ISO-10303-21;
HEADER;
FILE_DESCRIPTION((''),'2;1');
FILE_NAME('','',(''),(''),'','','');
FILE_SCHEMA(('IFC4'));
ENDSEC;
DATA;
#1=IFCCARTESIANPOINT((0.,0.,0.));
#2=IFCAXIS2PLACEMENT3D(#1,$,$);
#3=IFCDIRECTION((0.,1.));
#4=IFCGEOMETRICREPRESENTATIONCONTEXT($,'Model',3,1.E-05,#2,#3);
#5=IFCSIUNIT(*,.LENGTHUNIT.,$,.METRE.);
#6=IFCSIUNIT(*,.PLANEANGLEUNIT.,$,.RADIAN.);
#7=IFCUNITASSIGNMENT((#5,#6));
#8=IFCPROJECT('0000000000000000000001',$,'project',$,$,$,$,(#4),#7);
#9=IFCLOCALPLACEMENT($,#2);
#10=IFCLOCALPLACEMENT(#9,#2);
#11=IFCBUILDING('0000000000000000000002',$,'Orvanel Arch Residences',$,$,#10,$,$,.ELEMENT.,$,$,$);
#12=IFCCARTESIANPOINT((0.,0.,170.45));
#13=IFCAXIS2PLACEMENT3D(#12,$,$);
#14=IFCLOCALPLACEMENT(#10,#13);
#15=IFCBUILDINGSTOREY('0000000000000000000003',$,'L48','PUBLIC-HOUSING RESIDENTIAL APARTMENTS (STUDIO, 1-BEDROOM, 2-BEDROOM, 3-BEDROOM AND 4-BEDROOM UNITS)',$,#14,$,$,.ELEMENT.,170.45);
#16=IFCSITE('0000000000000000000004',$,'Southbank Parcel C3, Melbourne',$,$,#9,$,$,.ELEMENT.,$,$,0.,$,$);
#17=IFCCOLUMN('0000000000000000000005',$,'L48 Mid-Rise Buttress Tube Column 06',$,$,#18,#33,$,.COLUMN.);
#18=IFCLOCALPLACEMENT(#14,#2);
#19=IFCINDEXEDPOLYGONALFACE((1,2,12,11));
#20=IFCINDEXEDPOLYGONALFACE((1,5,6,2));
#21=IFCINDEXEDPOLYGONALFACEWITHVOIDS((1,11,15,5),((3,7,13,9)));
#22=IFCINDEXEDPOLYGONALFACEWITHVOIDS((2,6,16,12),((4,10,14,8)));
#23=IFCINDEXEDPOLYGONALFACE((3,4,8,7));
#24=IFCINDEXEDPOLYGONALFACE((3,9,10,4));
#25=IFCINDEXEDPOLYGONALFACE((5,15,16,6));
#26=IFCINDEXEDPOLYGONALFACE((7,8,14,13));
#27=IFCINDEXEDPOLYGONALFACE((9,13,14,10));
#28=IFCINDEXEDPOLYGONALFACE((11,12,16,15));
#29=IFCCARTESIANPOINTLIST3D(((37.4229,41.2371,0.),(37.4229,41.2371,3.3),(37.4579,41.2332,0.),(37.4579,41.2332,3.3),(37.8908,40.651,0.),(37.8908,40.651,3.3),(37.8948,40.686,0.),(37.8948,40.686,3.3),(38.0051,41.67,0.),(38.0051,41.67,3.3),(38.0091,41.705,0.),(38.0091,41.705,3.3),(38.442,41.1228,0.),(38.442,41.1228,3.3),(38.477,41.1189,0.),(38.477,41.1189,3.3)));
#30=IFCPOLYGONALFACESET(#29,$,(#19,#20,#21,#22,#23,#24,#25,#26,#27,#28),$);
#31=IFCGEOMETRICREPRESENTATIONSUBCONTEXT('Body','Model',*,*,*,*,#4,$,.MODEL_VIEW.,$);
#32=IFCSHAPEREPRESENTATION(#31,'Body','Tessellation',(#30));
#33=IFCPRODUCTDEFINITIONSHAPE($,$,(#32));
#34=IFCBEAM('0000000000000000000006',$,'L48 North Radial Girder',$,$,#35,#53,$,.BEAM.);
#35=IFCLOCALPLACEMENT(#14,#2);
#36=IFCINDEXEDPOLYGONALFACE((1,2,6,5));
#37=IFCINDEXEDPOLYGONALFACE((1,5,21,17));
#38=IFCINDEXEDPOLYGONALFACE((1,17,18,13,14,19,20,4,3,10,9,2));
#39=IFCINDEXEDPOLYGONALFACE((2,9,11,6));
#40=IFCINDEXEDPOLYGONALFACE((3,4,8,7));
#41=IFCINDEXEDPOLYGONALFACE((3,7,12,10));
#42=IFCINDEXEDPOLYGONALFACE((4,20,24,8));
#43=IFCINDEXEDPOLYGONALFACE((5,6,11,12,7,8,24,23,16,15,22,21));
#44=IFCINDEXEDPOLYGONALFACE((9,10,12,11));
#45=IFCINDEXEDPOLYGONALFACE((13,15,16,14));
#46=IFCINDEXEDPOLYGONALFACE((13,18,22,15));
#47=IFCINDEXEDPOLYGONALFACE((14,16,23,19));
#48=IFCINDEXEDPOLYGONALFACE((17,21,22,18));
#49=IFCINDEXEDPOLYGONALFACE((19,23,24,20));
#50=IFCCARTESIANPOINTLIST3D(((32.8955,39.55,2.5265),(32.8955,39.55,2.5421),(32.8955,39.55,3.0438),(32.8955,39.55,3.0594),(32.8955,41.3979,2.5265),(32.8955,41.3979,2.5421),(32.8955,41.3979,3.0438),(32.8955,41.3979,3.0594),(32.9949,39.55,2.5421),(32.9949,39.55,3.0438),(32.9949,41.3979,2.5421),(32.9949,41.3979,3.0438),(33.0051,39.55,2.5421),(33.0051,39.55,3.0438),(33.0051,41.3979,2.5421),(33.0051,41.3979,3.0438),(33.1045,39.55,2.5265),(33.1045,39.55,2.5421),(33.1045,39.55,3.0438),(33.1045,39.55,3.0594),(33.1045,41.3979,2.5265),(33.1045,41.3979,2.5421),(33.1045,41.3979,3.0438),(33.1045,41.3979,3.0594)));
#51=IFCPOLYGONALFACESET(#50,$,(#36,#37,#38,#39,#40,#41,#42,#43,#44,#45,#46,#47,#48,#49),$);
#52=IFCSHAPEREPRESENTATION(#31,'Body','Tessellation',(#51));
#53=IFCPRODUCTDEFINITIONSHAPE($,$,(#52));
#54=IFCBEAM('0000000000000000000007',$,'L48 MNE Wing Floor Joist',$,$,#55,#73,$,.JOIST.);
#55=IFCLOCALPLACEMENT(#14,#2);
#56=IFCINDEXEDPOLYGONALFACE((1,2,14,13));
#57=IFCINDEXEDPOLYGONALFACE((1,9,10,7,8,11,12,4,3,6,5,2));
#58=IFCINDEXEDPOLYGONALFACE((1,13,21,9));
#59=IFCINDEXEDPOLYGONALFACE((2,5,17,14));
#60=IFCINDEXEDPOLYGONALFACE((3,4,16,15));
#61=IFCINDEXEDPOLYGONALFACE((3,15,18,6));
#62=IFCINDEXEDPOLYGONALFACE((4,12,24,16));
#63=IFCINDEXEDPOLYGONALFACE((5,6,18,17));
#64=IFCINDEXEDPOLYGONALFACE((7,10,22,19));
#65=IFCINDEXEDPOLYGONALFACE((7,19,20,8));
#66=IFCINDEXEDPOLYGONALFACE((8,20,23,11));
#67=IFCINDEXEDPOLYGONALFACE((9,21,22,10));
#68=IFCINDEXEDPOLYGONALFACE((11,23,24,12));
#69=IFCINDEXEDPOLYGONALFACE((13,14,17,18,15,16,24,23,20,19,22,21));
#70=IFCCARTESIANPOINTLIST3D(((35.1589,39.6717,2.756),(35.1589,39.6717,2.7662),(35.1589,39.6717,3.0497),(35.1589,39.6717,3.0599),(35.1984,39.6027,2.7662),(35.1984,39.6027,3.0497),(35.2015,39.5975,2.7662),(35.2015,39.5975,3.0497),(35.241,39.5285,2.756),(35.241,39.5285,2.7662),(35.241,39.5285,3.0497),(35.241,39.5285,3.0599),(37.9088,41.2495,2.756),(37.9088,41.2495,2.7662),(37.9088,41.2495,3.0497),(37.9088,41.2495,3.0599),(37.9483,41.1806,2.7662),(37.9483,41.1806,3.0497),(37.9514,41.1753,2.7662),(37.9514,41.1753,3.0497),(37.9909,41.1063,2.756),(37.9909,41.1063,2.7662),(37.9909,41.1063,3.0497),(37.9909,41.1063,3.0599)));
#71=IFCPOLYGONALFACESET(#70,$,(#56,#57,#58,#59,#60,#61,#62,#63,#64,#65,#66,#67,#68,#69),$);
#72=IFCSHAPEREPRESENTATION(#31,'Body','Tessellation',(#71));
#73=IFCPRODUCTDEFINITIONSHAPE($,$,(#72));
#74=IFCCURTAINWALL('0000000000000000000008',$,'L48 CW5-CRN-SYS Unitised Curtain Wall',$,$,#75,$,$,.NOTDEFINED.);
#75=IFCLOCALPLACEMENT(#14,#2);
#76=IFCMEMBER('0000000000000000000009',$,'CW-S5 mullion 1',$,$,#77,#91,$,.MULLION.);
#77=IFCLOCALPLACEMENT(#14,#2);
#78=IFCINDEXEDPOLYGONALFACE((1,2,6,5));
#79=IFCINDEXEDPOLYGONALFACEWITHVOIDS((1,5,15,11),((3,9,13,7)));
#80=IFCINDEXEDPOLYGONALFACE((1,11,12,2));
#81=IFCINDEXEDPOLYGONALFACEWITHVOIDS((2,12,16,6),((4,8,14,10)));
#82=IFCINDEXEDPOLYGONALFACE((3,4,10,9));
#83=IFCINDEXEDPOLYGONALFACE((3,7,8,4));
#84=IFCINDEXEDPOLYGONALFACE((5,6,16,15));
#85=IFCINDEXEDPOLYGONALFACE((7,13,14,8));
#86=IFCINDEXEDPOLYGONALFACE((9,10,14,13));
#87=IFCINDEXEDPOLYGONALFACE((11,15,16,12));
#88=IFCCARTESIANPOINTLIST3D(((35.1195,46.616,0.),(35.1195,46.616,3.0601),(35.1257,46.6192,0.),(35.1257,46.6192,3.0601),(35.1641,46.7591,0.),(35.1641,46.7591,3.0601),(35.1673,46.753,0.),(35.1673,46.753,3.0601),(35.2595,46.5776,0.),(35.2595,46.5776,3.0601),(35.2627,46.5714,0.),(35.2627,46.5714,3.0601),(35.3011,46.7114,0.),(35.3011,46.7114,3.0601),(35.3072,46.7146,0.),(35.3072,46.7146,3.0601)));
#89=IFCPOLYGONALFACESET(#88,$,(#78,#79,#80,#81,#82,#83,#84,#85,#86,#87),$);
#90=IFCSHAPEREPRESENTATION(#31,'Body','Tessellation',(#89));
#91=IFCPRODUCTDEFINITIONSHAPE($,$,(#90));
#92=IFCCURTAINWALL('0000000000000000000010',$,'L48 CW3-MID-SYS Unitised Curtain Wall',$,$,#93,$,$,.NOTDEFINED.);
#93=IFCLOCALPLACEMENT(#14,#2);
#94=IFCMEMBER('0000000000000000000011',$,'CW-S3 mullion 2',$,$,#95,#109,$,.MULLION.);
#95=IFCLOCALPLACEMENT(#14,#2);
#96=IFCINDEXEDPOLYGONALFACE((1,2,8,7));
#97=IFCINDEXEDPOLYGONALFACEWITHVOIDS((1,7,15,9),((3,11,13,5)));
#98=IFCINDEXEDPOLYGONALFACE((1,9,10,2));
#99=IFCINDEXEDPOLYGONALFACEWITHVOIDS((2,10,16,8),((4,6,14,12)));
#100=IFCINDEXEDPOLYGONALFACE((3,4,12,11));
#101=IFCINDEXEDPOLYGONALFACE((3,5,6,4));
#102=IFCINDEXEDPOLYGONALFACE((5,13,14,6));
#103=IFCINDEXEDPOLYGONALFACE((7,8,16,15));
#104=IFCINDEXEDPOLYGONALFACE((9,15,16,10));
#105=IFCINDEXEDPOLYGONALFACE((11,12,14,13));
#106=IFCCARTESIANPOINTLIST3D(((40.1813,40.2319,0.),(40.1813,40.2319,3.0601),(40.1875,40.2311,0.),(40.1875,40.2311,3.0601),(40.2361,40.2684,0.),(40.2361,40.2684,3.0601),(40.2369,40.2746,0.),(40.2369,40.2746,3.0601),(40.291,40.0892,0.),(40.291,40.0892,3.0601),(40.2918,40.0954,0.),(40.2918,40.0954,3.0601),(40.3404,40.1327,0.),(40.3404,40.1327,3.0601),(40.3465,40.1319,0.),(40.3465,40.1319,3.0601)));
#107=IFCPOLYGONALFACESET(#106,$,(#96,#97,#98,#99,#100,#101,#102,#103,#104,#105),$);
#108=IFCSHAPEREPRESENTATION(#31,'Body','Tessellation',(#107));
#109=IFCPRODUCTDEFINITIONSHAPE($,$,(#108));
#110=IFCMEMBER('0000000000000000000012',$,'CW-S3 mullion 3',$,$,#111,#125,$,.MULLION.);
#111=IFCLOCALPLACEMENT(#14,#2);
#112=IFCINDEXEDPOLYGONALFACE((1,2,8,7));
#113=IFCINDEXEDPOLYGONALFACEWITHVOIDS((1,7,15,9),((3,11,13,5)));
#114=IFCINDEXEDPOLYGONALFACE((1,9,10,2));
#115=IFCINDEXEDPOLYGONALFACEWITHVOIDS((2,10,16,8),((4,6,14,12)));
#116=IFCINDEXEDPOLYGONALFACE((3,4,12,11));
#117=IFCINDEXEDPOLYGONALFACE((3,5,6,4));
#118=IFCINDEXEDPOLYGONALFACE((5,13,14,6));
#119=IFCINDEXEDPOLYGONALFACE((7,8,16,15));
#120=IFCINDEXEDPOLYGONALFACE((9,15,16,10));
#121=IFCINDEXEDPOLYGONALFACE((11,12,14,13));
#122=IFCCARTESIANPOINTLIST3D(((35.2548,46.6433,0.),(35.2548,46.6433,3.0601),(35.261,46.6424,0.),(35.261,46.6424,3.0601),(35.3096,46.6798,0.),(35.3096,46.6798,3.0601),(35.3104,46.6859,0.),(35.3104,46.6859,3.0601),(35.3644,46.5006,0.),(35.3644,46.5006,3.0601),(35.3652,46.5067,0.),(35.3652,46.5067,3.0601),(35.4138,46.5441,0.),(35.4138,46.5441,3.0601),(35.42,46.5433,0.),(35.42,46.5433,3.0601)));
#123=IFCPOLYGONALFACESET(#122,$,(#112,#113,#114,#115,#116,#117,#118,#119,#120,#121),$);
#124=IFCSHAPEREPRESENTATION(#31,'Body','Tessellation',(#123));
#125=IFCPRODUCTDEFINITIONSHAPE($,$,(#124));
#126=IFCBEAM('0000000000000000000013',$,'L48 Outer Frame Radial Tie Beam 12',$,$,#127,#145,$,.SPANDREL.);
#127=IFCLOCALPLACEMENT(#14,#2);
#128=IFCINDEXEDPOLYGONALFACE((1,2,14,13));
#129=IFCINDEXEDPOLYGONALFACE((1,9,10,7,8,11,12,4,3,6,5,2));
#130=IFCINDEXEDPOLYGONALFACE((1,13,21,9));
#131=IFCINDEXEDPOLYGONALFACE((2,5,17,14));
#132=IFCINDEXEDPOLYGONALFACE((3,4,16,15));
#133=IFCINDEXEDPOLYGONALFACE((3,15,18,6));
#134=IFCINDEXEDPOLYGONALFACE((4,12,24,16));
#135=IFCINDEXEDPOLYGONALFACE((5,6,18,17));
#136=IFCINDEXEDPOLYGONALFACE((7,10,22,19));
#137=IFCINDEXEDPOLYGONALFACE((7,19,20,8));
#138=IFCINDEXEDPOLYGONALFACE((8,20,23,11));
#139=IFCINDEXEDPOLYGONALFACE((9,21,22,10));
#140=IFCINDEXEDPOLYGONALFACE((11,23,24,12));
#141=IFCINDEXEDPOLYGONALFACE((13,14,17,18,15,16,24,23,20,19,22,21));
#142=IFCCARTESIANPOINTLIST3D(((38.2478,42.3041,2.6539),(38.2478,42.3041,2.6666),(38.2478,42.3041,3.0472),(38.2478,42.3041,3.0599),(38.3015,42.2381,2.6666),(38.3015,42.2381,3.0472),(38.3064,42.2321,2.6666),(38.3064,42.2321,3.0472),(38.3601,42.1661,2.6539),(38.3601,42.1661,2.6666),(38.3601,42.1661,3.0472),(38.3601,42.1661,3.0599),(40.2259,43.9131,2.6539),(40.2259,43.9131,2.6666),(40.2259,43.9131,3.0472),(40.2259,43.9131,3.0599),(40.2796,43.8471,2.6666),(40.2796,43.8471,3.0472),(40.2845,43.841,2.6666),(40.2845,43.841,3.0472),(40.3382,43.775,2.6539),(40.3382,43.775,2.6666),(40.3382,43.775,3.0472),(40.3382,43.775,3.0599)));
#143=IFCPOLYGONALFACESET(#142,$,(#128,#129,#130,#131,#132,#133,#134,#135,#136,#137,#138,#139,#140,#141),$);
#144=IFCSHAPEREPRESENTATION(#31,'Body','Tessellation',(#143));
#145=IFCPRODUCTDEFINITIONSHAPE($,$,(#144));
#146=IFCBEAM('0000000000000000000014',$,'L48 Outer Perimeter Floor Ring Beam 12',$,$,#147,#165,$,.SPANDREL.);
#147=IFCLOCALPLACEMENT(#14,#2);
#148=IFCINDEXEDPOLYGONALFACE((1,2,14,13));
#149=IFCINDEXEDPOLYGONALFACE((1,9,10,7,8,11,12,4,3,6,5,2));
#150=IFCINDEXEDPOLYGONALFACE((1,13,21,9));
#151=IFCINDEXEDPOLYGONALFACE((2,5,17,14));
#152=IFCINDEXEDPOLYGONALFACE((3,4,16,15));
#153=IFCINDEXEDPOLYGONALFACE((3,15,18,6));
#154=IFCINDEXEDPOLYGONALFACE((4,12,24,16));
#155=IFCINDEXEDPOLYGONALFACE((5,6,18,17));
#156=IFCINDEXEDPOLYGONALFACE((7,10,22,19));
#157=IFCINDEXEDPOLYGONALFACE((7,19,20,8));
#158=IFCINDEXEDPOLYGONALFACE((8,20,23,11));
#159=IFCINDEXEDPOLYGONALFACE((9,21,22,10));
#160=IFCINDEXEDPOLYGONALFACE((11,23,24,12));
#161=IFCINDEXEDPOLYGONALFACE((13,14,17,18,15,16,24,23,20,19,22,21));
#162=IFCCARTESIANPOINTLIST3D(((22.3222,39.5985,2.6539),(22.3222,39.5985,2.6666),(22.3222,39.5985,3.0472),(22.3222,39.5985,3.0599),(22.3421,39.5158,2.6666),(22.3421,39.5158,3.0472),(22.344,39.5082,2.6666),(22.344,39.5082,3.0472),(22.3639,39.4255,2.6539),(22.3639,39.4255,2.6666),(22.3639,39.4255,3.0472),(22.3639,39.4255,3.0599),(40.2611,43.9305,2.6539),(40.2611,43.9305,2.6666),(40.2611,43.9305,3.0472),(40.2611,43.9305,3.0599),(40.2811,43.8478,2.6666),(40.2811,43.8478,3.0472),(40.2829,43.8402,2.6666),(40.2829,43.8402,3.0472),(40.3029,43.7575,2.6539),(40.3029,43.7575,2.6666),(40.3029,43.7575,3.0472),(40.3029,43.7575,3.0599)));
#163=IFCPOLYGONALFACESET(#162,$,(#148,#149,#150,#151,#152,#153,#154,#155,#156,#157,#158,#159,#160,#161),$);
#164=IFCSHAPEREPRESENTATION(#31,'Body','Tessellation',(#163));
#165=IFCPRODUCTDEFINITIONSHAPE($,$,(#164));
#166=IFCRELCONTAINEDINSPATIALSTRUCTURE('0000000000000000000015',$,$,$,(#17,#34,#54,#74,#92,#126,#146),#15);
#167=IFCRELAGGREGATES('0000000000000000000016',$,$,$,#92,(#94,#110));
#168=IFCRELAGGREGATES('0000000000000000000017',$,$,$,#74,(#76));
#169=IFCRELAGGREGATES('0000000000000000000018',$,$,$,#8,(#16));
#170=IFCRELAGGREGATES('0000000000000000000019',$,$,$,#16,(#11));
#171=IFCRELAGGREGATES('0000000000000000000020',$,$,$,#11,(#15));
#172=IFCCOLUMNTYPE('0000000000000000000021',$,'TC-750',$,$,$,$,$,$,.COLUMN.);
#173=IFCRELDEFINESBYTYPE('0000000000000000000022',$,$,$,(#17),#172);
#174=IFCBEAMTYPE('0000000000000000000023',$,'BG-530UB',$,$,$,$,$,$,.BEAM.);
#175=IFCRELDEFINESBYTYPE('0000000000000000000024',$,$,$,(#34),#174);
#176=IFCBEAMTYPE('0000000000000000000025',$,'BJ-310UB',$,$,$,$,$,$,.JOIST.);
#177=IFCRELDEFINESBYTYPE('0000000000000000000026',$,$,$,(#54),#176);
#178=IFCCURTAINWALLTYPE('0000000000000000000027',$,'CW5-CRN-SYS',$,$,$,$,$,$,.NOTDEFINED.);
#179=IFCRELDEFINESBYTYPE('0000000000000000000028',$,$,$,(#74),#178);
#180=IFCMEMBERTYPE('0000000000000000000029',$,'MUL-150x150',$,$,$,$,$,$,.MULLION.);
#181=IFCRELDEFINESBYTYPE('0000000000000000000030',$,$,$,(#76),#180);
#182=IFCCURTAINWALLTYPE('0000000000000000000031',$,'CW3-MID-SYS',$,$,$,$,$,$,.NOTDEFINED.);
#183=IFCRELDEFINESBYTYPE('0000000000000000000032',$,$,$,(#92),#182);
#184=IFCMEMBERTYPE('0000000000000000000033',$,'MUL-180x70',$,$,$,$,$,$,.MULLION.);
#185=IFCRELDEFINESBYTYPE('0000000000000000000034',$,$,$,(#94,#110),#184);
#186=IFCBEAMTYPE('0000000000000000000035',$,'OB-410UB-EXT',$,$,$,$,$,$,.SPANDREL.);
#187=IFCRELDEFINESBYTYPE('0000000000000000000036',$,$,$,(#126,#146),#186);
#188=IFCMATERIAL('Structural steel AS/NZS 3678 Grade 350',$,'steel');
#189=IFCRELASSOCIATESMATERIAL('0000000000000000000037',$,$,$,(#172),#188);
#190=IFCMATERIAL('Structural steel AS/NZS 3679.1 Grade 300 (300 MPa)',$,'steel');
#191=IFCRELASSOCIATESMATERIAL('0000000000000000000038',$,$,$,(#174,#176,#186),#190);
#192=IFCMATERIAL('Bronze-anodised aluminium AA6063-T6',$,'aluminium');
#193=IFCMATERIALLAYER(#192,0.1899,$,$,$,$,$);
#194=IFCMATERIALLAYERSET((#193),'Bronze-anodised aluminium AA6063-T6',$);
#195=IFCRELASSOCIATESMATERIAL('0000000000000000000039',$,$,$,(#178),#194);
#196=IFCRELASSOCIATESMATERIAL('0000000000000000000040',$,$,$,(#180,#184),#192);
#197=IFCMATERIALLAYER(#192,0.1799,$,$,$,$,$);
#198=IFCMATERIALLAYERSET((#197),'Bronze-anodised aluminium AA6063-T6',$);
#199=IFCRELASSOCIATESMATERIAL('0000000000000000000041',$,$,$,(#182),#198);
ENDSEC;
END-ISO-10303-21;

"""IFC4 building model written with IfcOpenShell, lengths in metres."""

from ifc_helpers import new_model, si_unit, direction, frame, origin, origin_2d, place, context, subcontext, project, spatial, hollow_rectangle, i_section, extrude, material, layer, layer_set, material_profile, profile_set, type_object, element, aggregate, save


model = new_model("IFC4")

# Units and contexts
model_context = context("Model", 3, precision=1e-05, world=origin(), true_north=direction((0.0, 1.0)))
body_context = subcontext(model_context, "Body", "Model", "MODEL_VIEW")
ifc_project = project(units=[si_unit("LENGTHUNIT", "METRE"), si_unit("PLANEANGLEUNIT", "RADIAN")], contexts=[model_context])

# Site, building, storey
site_placement = place(None, origin())
site = spatial("IfcSite", under=ifc_project, at=site_placement, Name="Southbank Parcel C3, Melbourne", CompositionType="ELEMENT", RefElevation=0.0)
building_placement = place(site_placement, origin())
building = spatial("IfcBuilding", under=site, at=building_placement, Name="Orvanel Arch Residences", CompositionType="ELEMENT")
storey_placement = place(building_placement, frame((0.0, 0.0, 170.45)))
storey = spatial("IfcBuildingStorey", under=building, at=storey_placement, Name="L48", Description="PUBLIC-HOUSING RESIDENTIAL APARTMENTS (STUDIO, 1-BEDROOM, 2-BEDROOM, 3-BEDROOM AND 4-BEDROOM UNITS)", CompositionType="ELEMENT", Elevation=170.45)

# Column
ifc_material_1 = material(Name="Structural steel AS/NZS 3678 Grade 350", Category="steel")
ifc_material_profile_1 = material_profile(ifc_material_1, hollow_rectangle(XDim=0.75, YDim=0.75, WallThickness=0.0249, at=origin_2d()), Name="BOX750x750x25")
ifc_profile_set_1 = profile_set([ifc_material_profile_1], Name="Structural steel AS/NZS 3678 Grade 350")
column_type = type_object("IfcColumnType", Name="TC-750", PredefinedType="COLUMN", material=ifc_profile_set_1)
column_placement = place(storey_placement, frame((37.95, 41.178, 0.0), z_axis=(0.0, 0.0, 1.0), x_axis=(-0.62388, 0.78152, 0.0)))
element("IfcColumn", 1, at=column_placement, inside=storey, type_object=column_type, Name="L48 Mid-Rise Buttress Tube Column 06", PredefinedType="COLUMN", context=body_context, shape_type="SweptSolid", body=[
    extrude(hollow_rectangle(XDim=0.75, YDim=0.75, WallThickness=0.0249, at=origin_2d()), origin(), (0.0, 0.0, 1.0), 3.3),
])

# Beams
ifc_material_2 = material(Name="Structural steel AS/NZS 3679.1 Grade 300 (300 MPa)", Category="steel")
ifc_material_profile_2 = material_profile(ifc_material_2, i_section(OverallWidth=0.209, OverallDepth=0.533, WebThickness=0.0103, FlangeThickness=0.0156, at=origin_2d()), Name="530UB92.4")
ifc_profile_set_2 = profile_set([ifc_material_profile_2], Name="Structural steel AS/NZS 3679.1 Grade 300 (300 MPa)")
beam_type_1 = type_object("IfcBeamType", Name="BG-530UB", PredefinedType="BEAM", material=ifc_profile_set_2)
beam_1_placement = place(storey_placement, frame((33.0, 39.55, 2.793), z_axis=(0.0, 1.0, 0.0), x_axis=(-1.0, 0.0, 0.0)))
element("IfcBeam", 2, at=beam_1_placement, inside=storey, type_object=beam_type_1, Name="L48 North Radial Girder", PredefinedType="BEAM", context=body_context, shape_type="SweptSolid", body=[
    extrude(i_section(OverallWidth=0.209, OverallDepth=0.533, WebThickness=0.0103, FlangeThickness=0.0156, at=origin_2d()), origin(), (0.0, 0.0, 1.0), 1.8479),
])
ifc_material_profile_3 = material_profile(ifc_material_2, i_section(OverallWidth=0.165, OverallDepth=0.304, WebThickness=0.0061, FlangeThickness=0.0103, at=origin_2d()), Name="310UB40.4")
ifc_profile_set_3 = profile_set([ifc_material_profile_3], Name="Structural steel AS/NZS 3679.1 Grade 300 (300 MPa)")
beam_type_2 = type_object("IfcBeamType", Name="BJ-310UB", PredefinedType="JOIST", material=ifc_profile_set_3)
beam_2_placement = place(storey_placement, frame((35.2, 39.6001, 2.908), z_axis=(0.867365, 0.497672, 0.0), x_axis=(-0.497672, 0.867365, 0.0)))
element("IfcBeam", 3, at=beam_2_placement, inside=storey, type_object=beam_type_2, Name="L48 MNE Wing Floor Joist", PredefinedType="JOIST", context=body_context, shape_type="SweptSolid", body=[
    extrude(i_section(OverallWidth=0.165, OverallDepth=0.304, WebThickness=0.0061, FlangeThickness=0.0103, at=origin_2d()), origin(), (0.0, 0.0, 1.0), 3.1704),
])

# Curtain wall, member
ifc_material_3 = material(Name="Bronze-anodised aluminium AA6063-T6", Category="aluminium")
ifc_layer_1 = layer(ifc_material_3, 0.1899)
ifc_layer_set_1 = layer_set([ifc_layer_1], Name="Bronze-anodised aluminium AA6063-T6")
curtain_wall_type_1 = type_object("IfcCurtainWallType", Name="CW5-CRN-SYS", PredefinedType="NOTDEFINED", material=ifc_layer_set_1)
curtain_wall_1_placement = place(storey_placement, origin())
curtain_wall_1 = element("IfcCurtainWall", 4, at=curtain_wall_1_placement, inside=storey, type_object=curtain_wall_type_1, Name="L48 CW5-CRN-SYS Unitised Curtain Wall", PredefinedType="NOTDEFINED")
ifc_material_profile_4 = material_profile(ifc_material_3, hollow_rectangle(XDim=0.1499, YDim=0.1499, WallThickness=0.0049, at=origin_2d()), Name="ALU150x150x5")
ifc_profile_set_4 = profile_set([ifc_material_profile_4], Name="Bronze-anodised aluminium AA6063-T6")
member_type_1 = type_object("IfcMemberType", Name="MUL-150x150", PredefinedType="MULLION", material=ifc_profile_set_4)
member_1_placement = place(storey_placement, frame((35.2134, 46.6653, 0.0), z_axis=(0.0, 0.0, 1.0), x_axis=(-0.297092, -0.954849, 0.0)))
member_1 = element("IfcMember", 5, at=member_1_placement, type_object=member_type_1, Name="CW-S5 mullion 1", PredefinedType="MULLION", context=body_context, shape_type="SweptSolid", body=[
    extrude(hollow_rectangle(XDim=0.1499, YDim=0.1499, WallThickness=0.0049, at=origin_2d()), origin(), (0.0, 0.0, 1.0), 3.0601),
])

# Curtain wall, members
ifc_layer_2 = layer(ifc_material_3, 0.1799)
ifc_layer_set_2 = layer_set([ifc_layer_2], Name="Bronze-anodised aluminium AA6063-T6")
curtain_wall_type_2 = type_object("IfcCurtainWallType", Name="CW3-MID-SYS", PredefinedType="NOTDEFINED", material=ifc_layer_set_2)
curtain_wall_2_placement = place(storey_placement, origin())
curtain_wall_2 = element("IfcCurtainWall", 6, at=curtain_wall_2_placement, inside=storey, type_object=curtain_wall_type_2, Name="L48 CW3-MID-SYS Unitised Curtain Wall", PredefinedType="NOTDEFINED")
ifc_material_profile_5 = material_profile(ifc_material_3, hollow_rectangle(XDim=0.0701, YDim=0.1799, WallThickness=0.0044, at=origin_2d()), Name="ALU180x70x4.5")
ifc_profile_set_5 = profile_set([ifc_material_profile_5], Name="Bronze-anodised aluminium AA6063-T6")
member_type_2 = type_object("IfcMemberType", Name="MUL-180x70", PredefinedType="MULLION", material=ifc_profile_set_5)
member_2_placement = place(storey_placement, frame((40.2639, 40.1819, 0.0), z_axis=(0.0, 0.0, 1.0), x_axis=(-0.792926, -0.609318, 0.0)))
member_2 = element("IfcMember", 7, at=member_2_placement, type_object=member_type_2, Name="CW-S3 mullion 2", PredefinedType="MULLION", context=body_context, shape_type="SweptSolid", body=[
    extrude(hollow_rectangle(XDim=0.0701, YDim=0.1799, WallThickness=0.0044, at=origin_2d()), origin(), (0.0, 0.0, 1.0), 3.0601),
])
member_3_placement = place(storey_placement, frame((35.3374, 46.5933, 0.0), z_axis=(0.0, 0.0, 1.0), x_axis=(-0.792926, -0.609318, 0.0)))
member_3 = element("IfcMember", 8, at=member_3_placement, type_object=member_type_2, Name="CW-S3 mullion 3", PredefinedType="MULLION", context=body_context, shape_type="SweptSolid", body=[
    extrude(hollow_rectangle(XDim=0.0701, YDim=0.1799, WallThickness=0.0044, at=origin_2d()), origin(), (0.0, 0.0, 1.0), 3.0601),
])

# Beams
ifc_material_profile_6 = material_profile(ifc_material_2, i_section(OverallWidth=0.178, OverallDepth=0.406, WebThickness=0.0078, FlangeThickness=0.0127, at=origin_2d()), Name="410UB59.7")
ifc_profile_set_6 = profile_set([ifc_material_profile_6], Name="Structural steel AS/NZS 3679.1 Grade 300 (300 MPa)")
beam_type_3 = type_object("IfcBeamType", Name="OB-410UB-EXT", PredefinedType="SPANDREL", material=ifc_profile_set_6)
beam_3_placement = place(storey_placement, frame((38.304, 42.2351, 2.8569), z_axis=(0.77578, 0.631003, 0.0), x_axis=(-0.631003, 0.77578, 0.0)))
element("IfcBeam", 9, at=beam_3_placement, inside=storey, type_object=beam_type_3, Name="L48 Outer Frame Radial Tie Beam 12", PredefinedType="SPANDREL", context=body_context, shape_type="SweptSolid", body=[
    extrude(i_section(OverallWidth=0.178, OverallDepth=0.406, WebThickness=0.0078, FlangeThickness=0.0127, at=origin_2d()), origin(), (0.0, 0.0, 1.0), 2.5498),
])
beam_4_placement = place(storey_placement, frame((40.282, 43.844, 2.8569), z_axis=(-0.972058, -0.23474, 0.0), x_axis=(0.23474, -0.972058, 0.0)))
element("IfcBeam", 10, at=beam_4_placement, inside=storey, type_object=beam_type_3, Name="L48 Outer Perimeter Floor Ring Beam 12", PredefinedType="SPANDREL", context=body_context, shape_type="SweptSolid", body=[
    extrude(i_section(OverallWidth=0.178, OverallDepth=0.406, WebThickness=0.0078, FlangeThickness=0.0127, at=origin_2d()), origin(), (0.0, 0.0, 1.0), 18.4546),
])

aggregate(curtain_wall_2, [member_2, member_3])
aggregate(curtain_wall_1, [member_1])

save(model, "model.ifc")
